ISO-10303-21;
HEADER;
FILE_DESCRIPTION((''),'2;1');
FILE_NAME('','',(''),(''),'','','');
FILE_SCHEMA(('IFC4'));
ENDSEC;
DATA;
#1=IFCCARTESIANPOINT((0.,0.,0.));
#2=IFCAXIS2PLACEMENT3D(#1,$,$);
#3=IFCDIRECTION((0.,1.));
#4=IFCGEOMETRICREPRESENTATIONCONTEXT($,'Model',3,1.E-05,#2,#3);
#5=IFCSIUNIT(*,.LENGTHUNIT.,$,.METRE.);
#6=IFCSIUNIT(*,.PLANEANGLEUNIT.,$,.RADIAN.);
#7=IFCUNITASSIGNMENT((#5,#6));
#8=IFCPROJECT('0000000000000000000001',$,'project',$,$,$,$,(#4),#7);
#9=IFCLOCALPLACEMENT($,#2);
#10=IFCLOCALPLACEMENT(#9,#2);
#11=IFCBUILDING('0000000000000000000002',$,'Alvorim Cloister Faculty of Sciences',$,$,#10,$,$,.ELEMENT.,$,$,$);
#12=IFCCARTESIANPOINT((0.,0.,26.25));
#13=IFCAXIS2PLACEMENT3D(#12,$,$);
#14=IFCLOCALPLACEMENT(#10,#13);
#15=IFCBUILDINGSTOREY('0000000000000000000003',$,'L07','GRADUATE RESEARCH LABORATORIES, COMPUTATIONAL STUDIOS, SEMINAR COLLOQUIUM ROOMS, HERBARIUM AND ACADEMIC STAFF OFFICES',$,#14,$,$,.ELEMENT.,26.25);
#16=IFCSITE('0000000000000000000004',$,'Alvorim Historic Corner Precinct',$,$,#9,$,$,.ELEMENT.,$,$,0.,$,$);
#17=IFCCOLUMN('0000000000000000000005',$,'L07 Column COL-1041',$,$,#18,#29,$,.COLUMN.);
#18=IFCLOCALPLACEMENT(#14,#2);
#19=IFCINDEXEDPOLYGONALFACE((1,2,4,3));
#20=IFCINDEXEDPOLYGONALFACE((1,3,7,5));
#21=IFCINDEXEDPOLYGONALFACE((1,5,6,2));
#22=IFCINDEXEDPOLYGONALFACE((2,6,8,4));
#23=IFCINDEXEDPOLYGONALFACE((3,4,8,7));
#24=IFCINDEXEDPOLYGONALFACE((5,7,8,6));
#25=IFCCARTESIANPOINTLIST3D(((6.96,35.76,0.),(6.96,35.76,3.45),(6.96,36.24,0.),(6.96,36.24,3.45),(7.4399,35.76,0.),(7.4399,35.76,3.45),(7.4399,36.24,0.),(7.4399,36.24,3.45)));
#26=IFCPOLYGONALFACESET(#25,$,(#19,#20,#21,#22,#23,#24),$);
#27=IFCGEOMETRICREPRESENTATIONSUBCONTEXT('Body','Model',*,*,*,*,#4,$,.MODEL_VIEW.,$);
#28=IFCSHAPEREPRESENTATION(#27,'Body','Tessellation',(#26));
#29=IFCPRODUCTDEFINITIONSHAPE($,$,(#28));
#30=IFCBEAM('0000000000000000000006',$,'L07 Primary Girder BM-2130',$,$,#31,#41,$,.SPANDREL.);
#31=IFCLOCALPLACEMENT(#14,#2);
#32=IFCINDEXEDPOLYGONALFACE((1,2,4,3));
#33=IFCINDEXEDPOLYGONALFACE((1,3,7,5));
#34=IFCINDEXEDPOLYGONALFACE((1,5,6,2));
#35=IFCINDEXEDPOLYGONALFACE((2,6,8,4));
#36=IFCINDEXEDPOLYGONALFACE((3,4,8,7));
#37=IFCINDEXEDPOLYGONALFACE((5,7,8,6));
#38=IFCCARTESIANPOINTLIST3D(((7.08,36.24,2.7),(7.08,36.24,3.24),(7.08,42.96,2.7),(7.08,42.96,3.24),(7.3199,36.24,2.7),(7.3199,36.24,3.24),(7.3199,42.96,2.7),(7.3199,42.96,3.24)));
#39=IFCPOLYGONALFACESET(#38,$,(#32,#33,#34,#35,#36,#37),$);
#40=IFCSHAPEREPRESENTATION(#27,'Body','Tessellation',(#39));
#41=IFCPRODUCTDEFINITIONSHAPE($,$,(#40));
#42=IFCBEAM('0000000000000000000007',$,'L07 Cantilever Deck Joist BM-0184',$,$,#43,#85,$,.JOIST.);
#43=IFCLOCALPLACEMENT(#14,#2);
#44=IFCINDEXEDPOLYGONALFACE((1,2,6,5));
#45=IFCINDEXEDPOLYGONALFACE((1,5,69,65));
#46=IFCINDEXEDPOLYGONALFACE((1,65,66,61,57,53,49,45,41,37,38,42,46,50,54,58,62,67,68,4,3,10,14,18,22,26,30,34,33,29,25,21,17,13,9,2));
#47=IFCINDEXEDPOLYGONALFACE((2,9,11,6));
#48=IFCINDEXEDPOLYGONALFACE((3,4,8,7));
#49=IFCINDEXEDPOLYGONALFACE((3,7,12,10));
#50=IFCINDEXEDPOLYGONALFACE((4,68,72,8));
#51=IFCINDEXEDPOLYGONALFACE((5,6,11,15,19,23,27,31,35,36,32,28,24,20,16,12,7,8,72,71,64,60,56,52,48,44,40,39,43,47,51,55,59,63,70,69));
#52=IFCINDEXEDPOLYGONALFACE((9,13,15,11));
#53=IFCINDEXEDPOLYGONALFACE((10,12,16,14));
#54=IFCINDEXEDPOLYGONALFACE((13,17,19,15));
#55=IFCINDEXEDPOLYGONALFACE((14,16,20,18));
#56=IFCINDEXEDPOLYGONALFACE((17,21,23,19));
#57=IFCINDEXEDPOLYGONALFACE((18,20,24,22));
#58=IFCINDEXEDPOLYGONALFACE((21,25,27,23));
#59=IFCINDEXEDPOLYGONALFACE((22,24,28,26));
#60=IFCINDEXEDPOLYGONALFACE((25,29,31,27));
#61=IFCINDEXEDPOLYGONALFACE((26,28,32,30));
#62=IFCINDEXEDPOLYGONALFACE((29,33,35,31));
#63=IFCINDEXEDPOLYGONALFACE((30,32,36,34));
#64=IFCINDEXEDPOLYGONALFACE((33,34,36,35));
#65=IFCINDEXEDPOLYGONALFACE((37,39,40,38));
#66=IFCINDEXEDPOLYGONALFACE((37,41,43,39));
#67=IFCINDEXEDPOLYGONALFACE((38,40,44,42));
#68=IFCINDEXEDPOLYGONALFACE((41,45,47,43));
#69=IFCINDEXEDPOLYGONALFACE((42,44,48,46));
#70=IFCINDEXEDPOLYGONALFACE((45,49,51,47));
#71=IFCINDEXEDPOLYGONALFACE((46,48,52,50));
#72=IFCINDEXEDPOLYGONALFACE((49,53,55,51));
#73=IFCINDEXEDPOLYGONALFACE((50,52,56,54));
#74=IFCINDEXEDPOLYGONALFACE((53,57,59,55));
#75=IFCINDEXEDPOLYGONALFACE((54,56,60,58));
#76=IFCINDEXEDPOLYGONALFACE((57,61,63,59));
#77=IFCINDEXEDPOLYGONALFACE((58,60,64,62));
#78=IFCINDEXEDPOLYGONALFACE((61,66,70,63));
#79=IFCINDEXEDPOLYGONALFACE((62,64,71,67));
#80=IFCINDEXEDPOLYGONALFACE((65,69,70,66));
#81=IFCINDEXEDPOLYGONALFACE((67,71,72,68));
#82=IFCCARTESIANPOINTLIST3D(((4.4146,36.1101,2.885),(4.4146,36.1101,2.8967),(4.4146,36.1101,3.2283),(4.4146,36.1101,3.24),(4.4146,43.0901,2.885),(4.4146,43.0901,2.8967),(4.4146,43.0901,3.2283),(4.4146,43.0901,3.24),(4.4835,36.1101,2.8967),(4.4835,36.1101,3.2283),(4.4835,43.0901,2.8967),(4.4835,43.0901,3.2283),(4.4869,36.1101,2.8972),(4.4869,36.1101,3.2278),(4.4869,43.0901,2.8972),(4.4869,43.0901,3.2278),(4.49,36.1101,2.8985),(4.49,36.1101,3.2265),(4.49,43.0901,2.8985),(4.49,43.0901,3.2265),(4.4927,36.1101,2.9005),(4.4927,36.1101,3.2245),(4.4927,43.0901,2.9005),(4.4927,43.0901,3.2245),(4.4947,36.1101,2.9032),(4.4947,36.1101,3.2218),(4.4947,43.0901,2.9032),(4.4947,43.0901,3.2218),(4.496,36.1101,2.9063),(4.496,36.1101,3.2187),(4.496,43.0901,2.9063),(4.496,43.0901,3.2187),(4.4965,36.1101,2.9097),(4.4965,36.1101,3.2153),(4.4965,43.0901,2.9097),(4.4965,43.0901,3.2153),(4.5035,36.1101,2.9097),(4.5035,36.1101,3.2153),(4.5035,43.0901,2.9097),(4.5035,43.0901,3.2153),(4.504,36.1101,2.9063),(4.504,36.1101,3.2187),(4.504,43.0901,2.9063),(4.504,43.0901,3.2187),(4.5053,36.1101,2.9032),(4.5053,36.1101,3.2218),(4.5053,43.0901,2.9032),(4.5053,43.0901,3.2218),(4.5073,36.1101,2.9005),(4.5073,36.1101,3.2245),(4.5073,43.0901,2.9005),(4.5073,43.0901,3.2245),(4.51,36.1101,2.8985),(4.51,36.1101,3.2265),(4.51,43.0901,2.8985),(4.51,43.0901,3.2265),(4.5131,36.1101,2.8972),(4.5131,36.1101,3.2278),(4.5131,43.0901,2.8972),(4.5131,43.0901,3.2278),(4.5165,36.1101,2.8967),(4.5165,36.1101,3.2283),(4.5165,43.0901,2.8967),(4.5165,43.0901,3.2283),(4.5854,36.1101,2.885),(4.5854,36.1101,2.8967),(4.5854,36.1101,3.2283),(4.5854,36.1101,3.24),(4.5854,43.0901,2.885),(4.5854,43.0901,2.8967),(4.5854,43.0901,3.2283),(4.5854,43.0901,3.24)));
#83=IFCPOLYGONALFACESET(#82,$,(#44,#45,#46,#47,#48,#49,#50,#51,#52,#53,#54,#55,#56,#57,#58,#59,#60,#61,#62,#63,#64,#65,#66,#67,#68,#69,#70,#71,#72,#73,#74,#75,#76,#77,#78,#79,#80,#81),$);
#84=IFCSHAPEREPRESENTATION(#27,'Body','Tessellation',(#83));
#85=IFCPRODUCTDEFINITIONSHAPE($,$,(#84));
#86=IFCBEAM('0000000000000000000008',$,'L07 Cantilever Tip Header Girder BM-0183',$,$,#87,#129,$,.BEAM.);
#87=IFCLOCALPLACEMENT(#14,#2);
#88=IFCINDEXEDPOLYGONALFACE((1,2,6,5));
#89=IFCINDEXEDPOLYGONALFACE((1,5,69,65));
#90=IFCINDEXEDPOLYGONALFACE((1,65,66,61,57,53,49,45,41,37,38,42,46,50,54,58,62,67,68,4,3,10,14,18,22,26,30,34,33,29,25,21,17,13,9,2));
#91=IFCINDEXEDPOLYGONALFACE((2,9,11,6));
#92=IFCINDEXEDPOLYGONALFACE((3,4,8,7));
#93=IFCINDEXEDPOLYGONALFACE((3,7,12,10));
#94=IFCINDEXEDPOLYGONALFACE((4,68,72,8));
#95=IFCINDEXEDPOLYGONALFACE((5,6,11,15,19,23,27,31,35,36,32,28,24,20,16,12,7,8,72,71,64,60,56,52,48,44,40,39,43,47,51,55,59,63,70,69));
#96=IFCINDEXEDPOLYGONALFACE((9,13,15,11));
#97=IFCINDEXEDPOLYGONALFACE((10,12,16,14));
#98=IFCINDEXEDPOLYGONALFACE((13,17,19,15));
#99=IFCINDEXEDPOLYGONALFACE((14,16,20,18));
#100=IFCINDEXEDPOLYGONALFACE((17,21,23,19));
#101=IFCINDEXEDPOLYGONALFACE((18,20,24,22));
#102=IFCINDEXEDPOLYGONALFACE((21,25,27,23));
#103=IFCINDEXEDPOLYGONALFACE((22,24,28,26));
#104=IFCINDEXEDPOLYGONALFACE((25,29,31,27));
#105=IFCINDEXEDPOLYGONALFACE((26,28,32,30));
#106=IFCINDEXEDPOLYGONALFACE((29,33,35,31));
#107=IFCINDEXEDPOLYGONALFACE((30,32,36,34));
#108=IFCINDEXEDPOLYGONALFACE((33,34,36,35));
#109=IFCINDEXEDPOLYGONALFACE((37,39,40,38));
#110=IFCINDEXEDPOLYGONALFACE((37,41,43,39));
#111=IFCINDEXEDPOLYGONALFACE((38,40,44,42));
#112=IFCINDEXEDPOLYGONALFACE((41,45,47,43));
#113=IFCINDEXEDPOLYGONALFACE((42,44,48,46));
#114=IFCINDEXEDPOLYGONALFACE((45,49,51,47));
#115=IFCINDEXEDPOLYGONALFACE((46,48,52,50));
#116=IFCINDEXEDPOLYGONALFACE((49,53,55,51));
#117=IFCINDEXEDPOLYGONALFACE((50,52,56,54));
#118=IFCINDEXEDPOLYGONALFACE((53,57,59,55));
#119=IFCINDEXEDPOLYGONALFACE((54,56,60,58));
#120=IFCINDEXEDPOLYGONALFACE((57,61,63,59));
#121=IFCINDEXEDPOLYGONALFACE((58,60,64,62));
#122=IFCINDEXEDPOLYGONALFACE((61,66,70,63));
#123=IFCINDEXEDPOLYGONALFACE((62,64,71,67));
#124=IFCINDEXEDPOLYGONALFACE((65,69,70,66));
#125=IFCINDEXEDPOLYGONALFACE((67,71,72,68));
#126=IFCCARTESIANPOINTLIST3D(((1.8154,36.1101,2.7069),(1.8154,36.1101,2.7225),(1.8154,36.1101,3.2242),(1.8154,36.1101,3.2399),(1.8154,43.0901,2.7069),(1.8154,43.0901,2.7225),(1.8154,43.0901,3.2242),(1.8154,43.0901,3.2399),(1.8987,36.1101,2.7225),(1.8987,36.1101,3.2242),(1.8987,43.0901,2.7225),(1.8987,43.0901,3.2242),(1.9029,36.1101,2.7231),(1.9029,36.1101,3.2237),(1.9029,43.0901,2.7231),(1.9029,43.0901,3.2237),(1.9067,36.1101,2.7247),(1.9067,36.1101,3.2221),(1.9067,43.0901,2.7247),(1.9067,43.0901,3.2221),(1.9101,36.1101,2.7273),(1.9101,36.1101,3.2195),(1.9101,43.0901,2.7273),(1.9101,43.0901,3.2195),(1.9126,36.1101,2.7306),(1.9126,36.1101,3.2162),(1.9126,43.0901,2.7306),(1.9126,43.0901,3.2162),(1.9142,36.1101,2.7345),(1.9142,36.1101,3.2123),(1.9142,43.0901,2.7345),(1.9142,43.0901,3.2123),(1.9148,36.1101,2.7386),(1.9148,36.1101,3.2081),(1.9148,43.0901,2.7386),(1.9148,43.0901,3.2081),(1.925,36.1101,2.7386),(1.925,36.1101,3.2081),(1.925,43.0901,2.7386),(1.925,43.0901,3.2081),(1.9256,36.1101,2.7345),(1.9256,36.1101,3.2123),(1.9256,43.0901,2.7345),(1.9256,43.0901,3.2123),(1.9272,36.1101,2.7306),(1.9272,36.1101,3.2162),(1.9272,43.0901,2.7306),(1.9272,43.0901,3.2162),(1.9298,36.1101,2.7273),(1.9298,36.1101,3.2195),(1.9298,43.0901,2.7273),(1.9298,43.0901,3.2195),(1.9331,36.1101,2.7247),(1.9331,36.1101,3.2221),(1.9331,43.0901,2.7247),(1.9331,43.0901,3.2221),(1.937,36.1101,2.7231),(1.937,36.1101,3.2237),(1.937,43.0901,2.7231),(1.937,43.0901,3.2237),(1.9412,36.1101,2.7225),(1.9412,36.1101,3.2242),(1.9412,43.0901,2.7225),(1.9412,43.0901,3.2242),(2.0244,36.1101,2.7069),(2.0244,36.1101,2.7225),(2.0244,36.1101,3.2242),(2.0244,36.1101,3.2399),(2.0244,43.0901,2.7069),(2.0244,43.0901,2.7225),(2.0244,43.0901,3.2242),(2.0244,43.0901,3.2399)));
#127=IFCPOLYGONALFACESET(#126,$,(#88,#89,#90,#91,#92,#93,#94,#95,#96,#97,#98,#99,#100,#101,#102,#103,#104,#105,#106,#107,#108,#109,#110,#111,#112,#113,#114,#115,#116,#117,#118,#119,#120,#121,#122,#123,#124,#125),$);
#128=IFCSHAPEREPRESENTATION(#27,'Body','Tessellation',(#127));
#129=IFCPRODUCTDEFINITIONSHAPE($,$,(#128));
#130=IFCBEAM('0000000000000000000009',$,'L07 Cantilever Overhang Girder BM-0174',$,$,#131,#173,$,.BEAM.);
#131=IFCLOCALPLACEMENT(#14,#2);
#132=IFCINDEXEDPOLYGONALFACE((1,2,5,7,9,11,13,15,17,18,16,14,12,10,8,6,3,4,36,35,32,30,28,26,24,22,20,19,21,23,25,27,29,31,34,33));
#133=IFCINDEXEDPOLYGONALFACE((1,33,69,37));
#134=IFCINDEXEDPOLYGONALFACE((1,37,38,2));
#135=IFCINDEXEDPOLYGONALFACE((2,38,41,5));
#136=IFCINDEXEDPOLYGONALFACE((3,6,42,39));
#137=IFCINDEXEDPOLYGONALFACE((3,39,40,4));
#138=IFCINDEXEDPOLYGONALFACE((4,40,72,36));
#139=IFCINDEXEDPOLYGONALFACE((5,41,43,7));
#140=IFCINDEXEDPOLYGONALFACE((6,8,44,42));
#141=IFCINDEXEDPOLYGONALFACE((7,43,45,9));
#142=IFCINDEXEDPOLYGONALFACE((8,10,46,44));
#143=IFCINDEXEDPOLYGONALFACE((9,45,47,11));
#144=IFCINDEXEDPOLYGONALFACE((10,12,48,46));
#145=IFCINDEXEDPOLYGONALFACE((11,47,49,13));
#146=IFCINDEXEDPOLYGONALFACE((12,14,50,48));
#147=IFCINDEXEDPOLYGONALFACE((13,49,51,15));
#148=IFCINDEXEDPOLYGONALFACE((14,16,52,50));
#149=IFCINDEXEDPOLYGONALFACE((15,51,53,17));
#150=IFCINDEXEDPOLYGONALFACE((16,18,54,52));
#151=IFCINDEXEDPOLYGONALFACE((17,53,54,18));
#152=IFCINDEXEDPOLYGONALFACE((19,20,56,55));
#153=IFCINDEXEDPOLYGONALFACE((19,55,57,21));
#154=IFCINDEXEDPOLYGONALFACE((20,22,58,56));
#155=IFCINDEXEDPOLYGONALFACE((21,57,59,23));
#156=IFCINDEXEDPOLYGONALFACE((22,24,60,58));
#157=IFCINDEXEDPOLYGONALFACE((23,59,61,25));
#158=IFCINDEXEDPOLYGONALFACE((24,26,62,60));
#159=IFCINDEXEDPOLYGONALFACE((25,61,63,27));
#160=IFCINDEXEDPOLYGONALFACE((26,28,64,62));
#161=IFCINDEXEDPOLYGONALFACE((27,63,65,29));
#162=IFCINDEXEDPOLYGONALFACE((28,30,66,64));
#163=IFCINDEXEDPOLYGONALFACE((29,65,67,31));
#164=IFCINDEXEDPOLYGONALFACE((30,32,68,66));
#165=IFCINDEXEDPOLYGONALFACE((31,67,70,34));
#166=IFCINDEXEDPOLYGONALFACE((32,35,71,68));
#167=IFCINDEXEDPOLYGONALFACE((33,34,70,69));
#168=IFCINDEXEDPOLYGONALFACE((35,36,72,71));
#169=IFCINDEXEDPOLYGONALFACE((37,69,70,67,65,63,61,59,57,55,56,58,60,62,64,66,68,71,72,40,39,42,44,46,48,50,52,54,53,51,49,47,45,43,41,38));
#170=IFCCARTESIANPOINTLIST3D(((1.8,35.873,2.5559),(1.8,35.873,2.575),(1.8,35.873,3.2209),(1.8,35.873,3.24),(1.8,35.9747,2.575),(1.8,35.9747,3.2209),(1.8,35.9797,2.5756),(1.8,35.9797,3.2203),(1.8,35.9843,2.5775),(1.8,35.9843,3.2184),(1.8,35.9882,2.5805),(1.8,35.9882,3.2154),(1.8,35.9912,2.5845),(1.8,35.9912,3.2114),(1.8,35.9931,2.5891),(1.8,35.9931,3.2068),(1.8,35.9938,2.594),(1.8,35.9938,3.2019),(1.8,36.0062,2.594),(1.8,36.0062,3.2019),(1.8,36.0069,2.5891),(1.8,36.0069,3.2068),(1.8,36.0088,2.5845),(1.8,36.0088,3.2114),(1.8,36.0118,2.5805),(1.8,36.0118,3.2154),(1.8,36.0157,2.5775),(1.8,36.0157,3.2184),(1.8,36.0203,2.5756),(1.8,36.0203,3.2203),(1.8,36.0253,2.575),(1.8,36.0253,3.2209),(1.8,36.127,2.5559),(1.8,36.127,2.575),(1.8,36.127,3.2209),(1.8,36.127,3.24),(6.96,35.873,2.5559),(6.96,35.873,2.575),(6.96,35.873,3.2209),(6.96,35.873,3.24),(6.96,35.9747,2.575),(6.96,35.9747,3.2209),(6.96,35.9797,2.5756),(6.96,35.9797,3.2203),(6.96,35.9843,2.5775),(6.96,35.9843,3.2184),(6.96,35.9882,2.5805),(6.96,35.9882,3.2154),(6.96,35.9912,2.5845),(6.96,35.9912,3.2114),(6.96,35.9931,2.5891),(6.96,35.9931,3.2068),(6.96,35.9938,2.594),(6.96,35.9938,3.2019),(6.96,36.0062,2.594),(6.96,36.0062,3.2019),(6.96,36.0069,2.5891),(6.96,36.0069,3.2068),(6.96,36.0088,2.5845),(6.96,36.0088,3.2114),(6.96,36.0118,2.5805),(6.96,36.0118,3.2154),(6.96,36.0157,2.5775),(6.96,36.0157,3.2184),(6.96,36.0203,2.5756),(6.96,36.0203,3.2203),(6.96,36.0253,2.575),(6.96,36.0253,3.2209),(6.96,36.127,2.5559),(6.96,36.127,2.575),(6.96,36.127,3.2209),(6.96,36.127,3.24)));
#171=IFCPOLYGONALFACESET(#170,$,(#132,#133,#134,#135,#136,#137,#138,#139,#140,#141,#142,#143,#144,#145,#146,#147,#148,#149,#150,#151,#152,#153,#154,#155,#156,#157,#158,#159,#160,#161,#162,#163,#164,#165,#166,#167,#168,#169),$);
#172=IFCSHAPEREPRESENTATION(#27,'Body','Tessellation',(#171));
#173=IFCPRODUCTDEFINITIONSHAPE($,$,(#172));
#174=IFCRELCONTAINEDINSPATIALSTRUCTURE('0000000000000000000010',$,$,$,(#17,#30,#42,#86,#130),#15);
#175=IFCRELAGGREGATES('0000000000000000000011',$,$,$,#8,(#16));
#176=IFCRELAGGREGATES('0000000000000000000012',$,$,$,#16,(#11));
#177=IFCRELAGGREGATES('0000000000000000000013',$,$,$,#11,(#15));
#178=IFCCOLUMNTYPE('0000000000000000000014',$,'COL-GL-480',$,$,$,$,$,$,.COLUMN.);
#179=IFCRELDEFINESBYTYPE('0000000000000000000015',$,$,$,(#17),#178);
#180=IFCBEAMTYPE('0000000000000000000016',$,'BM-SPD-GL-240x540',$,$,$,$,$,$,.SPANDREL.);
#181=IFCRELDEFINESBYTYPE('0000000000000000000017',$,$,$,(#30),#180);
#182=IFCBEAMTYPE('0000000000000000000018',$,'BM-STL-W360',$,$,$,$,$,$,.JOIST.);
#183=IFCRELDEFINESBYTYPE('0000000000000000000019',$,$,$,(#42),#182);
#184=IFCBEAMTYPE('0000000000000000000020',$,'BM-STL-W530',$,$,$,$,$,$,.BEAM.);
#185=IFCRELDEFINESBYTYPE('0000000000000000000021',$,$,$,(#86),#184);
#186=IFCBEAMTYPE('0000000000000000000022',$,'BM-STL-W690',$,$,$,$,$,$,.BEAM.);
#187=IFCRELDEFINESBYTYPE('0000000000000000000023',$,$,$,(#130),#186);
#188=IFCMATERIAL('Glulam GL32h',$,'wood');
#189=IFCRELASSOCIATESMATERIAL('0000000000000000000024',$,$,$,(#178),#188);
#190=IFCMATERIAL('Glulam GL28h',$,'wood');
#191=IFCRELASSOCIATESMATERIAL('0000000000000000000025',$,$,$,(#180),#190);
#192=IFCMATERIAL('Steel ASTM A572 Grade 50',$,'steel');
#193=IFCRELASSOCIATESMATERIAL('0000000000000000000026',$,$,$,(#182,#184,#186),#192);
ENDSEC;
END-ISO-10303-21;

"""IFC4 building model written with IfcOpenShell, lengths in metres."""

from ifc_helpers import new_model, si_unit, direction, frame, origin, origin_2d, place, context, subcontext, project, spatial, rectangle, i_section, extrude, material, material_profile, profile_set, type_object, element, save


model = new_model("IFC4")

# Units and contexts
model_context = context("Model", 3, precision=1e-05, world=origin(), true_north=direction((0.0, 1.0)))
body_context = subcontext(model_context, "Body", "Model", "MODEL_VIEW")
ifc_project = project(units=[si_unit("LENGTHUNIT", "METRE"), si_unit("PLANEANGLEUNIT", "RADIAN")], contexts=[model_context])

# Site, building, storey
site_placement = place(None, origin())
site = spatial("IfcSite", under=ifc_project, at=site_placement, Name="Alvorim Historic Corner Precinct", CompositionType="ELEMENT", RefElevation=0.0)
building_placement = place(site_placement, origin())
building = spatial("IfcBuilding", under=site, at=building_placement, Name="Alvorim Cloister Faculty of Sciences", CompositionType="ELEMENT")
storey_placement = place(building_placement, frame((0.0, 0.0, 26.25)))
storey = spatial("IfcBuildingStorey", under=building, at=storey_placement, Name="L07", Description="GRADUATE RESEARCH LABORATORIES, COMPUTATIONAL STUDIOS, SEMINAR COLLOQUIUM ROOMS, HERBARIUM AND ACADEMIC STAFF OFFICES", CompositionType="ELEMENT", Elevation=26.25)

# Column
ifc_material_1 = material(Name="Glulam GL32h", Category="wood")
ifc_material_profile_1 = material_profile(ifc_material_1, rectangle(XDim=0.48, YDim=0.48, at=origin_2d()), Name="GL32-COL-480x480")
ifc_profile_set_1 = profile_set([ifc_material_profile_1], Name="Glulam GL32h")
column_type = type_object("IfcColumnType", Name="COL-GL-480", PredefinedType="COLUMN", material=ifc_profile_set_1)
column_placement = place(storey_placement, frame((7.2, 36.0, 0.0), z_axis=(0.0, 0.0, 1.0), x_axis=(1.0, 0.0, 0.0)))
element("IfcColumn", 1, at=column_placement, inside=storey, type_object=column_type, Name="L07 Column COL-1041", PredefinedType="COLUMN", context=body_context, shape_type="SweptSolid", body=[
    extrude(rectangle(XDim=0.48, YDim=0.48, at=origin_2d()), origin(), (0.0, 0.0, 1.0), 3.45),
])

# Beams
ifc_material_2 = material(Name="Glulam GL28h", Category="wood")
ifc_material_profile_2 = material_profile(ifc_material_2, rectangle(XDim=0.24, YDim=0.54, at=origin_2d()), Name="GL28-SPD-240x540")
ifc_profile_set_2 = profile_set([ifc_material_profile_2], Name="Glulam GL28h")
beam_type_1 = type_object("IfcBeamType", Name="BM-SPD-GL-240x540", PredefinedType="SPANDREL", material=ifc_profile_set_2)
beam_1_placement = place(storey_placement, frame((7.2, 36.24, 2.97), z_axis=(0.0, 1.0, 0.0), x_axis=(-1.0, 0.0, 0.0)))
element("IfcBeam", 2, at=beam_1_placement, inside=storey, type_object=beam_type_1, Name="L07 Primary Girder BM-2130", PredefinedType="SPANDREL", context=body_context, shape_type="SweptSolid", body=[
    extrude(rectangle(XDim=0.24, YDim=0.54, at=origin_2d()), origin(), (0.0, 0.0, 1.0), 6.72),
])
ifc_material_3 = material(Name="Steel ASTM A572 Grade 50", Category="steel")
ifc_material_profile_3 = material_profile(ifc_material_3, i_section(OverallWidth=0.1709, OverallDepth=0.355, WebThickness=0.0071, FlangeThickness=0.0117, FilletRadius=0.0129, at=origin_2d()), Name="W360x51.0")
ifc_profile_set_3 = profile_set([ifc_material_profile_3], Name="Steel ASTM A572 Grade 50")
beam_type_2 = type_object("IfcBeamType", Name="BM-STL-W360", PredefinedType="JOIST", material=ifc_profile_set_3)
beam_2_placement = place(storey_placement, frame((4.5, 36.1101, 3.0625), z_axis=(0.0, 1.0, 0.0), x_axis=(-1.0, 0.0, 0.0)))
element("IfcBeam", 3, at=beam_2_placement, inside=storey, type_object=beam_type_2, Name="L07 Cantilever Deck Joist BM-0184", PredefinedType="JOIST", context=body_context, shape_type="SweptSolid", body=[
    extrude(i_section(OverallWidth=0.1709, OverallDepth=0.355, WebThickness=0.0071, FlangeThickness=0.0117, FilletRadius=0.0129, at=origin_2d()), origin(), (0.0, 0.0, 1.0), 6.98),
])
ifc_material_profile_4 = material_profile(ifc_material_3, i_section(OverallWidth=0.209, OverallDepth=0.533, WebThickness=0.0103, FlangeThickness=0.0156, FilletRadius=0.0161, at=origin_2d()), Name="W530x92.0")
ifc_profile_set_4 = profile_set([ifc_material_profile_4], Name="Steel ASTM A572 Grade 50")
beam_type_3 = type_object("IfcBeamType", Name="BM-STL-W530", PredefinedType="BEAM", material=ifc_profile_set_4)
beam_3_placement = place(storey_placement, frame((1.9199, 36.1101, 2.9734), z_axis=(0.0, 1.0, 0.0), x_axis=(-1.0, 0.0, 0.0)))
element("IfcBeam", 4, at=beam_3_placement, inside=storey, type_object=beam_type_3, Name="L07 Cantilever Tip Header Girder BM-0183", PredefinedType="BEAM", context=body_context, shape_type="SweptSolid", body=[
    extrude(i_section(OverallWidth=0.209, OverallDepth=0.533, WebThickness=0.0103, FlangeThickness=0.0156, FilletRadius=0.0161, at=origin_2d()), origin(), (0.0, 0.0, 1.0), 6.98),
])
ifc_material_profile_5 = material_profile(ifc_material_3, i_section(OverallWidth=0.2539, OverallDepth=0.6841, WebThickness=0.0125, FlangeThickness=0.019, FilletRadius=0.019, at=origin_2d()), Name="W690x140.0")
ifc_profile_set_5 = profile_set([ifc_material_profile_5], Name="Steel ASTM A572 Grade 50")
beam_type_4 = type_object("IfcBeamType", Name="BM-STL-W690", PredefinedType="BEAM", material=ifc_profile_set_5)
beam_4_placement = place(storey_placement, frame((1.8, 36.0, 2.8979), z_axis=(1.0, 0.0, 0.0), x_axis=(0.0, 1.0, 0.0)))
element("IfcBeam", 5, at=beam_4_placement, inside=storey, type_object=beam_type_4, Name="L07 Cantilever Overhang Girder BM-0174", PredefinedType="BEAM", context=body_context, shape_type="SweptSolid", body=[
    extrude(i_section(OverallWidth=0.2539, OverallDepth=0.6841, WebThickness=0.0125, FlangeThickness=0.019, FilletRadius=0.019, at=origin_2d()), origin(), (0.0, 0.0, 1.0), 5.1599),
])

save(model, "model.ifc")
